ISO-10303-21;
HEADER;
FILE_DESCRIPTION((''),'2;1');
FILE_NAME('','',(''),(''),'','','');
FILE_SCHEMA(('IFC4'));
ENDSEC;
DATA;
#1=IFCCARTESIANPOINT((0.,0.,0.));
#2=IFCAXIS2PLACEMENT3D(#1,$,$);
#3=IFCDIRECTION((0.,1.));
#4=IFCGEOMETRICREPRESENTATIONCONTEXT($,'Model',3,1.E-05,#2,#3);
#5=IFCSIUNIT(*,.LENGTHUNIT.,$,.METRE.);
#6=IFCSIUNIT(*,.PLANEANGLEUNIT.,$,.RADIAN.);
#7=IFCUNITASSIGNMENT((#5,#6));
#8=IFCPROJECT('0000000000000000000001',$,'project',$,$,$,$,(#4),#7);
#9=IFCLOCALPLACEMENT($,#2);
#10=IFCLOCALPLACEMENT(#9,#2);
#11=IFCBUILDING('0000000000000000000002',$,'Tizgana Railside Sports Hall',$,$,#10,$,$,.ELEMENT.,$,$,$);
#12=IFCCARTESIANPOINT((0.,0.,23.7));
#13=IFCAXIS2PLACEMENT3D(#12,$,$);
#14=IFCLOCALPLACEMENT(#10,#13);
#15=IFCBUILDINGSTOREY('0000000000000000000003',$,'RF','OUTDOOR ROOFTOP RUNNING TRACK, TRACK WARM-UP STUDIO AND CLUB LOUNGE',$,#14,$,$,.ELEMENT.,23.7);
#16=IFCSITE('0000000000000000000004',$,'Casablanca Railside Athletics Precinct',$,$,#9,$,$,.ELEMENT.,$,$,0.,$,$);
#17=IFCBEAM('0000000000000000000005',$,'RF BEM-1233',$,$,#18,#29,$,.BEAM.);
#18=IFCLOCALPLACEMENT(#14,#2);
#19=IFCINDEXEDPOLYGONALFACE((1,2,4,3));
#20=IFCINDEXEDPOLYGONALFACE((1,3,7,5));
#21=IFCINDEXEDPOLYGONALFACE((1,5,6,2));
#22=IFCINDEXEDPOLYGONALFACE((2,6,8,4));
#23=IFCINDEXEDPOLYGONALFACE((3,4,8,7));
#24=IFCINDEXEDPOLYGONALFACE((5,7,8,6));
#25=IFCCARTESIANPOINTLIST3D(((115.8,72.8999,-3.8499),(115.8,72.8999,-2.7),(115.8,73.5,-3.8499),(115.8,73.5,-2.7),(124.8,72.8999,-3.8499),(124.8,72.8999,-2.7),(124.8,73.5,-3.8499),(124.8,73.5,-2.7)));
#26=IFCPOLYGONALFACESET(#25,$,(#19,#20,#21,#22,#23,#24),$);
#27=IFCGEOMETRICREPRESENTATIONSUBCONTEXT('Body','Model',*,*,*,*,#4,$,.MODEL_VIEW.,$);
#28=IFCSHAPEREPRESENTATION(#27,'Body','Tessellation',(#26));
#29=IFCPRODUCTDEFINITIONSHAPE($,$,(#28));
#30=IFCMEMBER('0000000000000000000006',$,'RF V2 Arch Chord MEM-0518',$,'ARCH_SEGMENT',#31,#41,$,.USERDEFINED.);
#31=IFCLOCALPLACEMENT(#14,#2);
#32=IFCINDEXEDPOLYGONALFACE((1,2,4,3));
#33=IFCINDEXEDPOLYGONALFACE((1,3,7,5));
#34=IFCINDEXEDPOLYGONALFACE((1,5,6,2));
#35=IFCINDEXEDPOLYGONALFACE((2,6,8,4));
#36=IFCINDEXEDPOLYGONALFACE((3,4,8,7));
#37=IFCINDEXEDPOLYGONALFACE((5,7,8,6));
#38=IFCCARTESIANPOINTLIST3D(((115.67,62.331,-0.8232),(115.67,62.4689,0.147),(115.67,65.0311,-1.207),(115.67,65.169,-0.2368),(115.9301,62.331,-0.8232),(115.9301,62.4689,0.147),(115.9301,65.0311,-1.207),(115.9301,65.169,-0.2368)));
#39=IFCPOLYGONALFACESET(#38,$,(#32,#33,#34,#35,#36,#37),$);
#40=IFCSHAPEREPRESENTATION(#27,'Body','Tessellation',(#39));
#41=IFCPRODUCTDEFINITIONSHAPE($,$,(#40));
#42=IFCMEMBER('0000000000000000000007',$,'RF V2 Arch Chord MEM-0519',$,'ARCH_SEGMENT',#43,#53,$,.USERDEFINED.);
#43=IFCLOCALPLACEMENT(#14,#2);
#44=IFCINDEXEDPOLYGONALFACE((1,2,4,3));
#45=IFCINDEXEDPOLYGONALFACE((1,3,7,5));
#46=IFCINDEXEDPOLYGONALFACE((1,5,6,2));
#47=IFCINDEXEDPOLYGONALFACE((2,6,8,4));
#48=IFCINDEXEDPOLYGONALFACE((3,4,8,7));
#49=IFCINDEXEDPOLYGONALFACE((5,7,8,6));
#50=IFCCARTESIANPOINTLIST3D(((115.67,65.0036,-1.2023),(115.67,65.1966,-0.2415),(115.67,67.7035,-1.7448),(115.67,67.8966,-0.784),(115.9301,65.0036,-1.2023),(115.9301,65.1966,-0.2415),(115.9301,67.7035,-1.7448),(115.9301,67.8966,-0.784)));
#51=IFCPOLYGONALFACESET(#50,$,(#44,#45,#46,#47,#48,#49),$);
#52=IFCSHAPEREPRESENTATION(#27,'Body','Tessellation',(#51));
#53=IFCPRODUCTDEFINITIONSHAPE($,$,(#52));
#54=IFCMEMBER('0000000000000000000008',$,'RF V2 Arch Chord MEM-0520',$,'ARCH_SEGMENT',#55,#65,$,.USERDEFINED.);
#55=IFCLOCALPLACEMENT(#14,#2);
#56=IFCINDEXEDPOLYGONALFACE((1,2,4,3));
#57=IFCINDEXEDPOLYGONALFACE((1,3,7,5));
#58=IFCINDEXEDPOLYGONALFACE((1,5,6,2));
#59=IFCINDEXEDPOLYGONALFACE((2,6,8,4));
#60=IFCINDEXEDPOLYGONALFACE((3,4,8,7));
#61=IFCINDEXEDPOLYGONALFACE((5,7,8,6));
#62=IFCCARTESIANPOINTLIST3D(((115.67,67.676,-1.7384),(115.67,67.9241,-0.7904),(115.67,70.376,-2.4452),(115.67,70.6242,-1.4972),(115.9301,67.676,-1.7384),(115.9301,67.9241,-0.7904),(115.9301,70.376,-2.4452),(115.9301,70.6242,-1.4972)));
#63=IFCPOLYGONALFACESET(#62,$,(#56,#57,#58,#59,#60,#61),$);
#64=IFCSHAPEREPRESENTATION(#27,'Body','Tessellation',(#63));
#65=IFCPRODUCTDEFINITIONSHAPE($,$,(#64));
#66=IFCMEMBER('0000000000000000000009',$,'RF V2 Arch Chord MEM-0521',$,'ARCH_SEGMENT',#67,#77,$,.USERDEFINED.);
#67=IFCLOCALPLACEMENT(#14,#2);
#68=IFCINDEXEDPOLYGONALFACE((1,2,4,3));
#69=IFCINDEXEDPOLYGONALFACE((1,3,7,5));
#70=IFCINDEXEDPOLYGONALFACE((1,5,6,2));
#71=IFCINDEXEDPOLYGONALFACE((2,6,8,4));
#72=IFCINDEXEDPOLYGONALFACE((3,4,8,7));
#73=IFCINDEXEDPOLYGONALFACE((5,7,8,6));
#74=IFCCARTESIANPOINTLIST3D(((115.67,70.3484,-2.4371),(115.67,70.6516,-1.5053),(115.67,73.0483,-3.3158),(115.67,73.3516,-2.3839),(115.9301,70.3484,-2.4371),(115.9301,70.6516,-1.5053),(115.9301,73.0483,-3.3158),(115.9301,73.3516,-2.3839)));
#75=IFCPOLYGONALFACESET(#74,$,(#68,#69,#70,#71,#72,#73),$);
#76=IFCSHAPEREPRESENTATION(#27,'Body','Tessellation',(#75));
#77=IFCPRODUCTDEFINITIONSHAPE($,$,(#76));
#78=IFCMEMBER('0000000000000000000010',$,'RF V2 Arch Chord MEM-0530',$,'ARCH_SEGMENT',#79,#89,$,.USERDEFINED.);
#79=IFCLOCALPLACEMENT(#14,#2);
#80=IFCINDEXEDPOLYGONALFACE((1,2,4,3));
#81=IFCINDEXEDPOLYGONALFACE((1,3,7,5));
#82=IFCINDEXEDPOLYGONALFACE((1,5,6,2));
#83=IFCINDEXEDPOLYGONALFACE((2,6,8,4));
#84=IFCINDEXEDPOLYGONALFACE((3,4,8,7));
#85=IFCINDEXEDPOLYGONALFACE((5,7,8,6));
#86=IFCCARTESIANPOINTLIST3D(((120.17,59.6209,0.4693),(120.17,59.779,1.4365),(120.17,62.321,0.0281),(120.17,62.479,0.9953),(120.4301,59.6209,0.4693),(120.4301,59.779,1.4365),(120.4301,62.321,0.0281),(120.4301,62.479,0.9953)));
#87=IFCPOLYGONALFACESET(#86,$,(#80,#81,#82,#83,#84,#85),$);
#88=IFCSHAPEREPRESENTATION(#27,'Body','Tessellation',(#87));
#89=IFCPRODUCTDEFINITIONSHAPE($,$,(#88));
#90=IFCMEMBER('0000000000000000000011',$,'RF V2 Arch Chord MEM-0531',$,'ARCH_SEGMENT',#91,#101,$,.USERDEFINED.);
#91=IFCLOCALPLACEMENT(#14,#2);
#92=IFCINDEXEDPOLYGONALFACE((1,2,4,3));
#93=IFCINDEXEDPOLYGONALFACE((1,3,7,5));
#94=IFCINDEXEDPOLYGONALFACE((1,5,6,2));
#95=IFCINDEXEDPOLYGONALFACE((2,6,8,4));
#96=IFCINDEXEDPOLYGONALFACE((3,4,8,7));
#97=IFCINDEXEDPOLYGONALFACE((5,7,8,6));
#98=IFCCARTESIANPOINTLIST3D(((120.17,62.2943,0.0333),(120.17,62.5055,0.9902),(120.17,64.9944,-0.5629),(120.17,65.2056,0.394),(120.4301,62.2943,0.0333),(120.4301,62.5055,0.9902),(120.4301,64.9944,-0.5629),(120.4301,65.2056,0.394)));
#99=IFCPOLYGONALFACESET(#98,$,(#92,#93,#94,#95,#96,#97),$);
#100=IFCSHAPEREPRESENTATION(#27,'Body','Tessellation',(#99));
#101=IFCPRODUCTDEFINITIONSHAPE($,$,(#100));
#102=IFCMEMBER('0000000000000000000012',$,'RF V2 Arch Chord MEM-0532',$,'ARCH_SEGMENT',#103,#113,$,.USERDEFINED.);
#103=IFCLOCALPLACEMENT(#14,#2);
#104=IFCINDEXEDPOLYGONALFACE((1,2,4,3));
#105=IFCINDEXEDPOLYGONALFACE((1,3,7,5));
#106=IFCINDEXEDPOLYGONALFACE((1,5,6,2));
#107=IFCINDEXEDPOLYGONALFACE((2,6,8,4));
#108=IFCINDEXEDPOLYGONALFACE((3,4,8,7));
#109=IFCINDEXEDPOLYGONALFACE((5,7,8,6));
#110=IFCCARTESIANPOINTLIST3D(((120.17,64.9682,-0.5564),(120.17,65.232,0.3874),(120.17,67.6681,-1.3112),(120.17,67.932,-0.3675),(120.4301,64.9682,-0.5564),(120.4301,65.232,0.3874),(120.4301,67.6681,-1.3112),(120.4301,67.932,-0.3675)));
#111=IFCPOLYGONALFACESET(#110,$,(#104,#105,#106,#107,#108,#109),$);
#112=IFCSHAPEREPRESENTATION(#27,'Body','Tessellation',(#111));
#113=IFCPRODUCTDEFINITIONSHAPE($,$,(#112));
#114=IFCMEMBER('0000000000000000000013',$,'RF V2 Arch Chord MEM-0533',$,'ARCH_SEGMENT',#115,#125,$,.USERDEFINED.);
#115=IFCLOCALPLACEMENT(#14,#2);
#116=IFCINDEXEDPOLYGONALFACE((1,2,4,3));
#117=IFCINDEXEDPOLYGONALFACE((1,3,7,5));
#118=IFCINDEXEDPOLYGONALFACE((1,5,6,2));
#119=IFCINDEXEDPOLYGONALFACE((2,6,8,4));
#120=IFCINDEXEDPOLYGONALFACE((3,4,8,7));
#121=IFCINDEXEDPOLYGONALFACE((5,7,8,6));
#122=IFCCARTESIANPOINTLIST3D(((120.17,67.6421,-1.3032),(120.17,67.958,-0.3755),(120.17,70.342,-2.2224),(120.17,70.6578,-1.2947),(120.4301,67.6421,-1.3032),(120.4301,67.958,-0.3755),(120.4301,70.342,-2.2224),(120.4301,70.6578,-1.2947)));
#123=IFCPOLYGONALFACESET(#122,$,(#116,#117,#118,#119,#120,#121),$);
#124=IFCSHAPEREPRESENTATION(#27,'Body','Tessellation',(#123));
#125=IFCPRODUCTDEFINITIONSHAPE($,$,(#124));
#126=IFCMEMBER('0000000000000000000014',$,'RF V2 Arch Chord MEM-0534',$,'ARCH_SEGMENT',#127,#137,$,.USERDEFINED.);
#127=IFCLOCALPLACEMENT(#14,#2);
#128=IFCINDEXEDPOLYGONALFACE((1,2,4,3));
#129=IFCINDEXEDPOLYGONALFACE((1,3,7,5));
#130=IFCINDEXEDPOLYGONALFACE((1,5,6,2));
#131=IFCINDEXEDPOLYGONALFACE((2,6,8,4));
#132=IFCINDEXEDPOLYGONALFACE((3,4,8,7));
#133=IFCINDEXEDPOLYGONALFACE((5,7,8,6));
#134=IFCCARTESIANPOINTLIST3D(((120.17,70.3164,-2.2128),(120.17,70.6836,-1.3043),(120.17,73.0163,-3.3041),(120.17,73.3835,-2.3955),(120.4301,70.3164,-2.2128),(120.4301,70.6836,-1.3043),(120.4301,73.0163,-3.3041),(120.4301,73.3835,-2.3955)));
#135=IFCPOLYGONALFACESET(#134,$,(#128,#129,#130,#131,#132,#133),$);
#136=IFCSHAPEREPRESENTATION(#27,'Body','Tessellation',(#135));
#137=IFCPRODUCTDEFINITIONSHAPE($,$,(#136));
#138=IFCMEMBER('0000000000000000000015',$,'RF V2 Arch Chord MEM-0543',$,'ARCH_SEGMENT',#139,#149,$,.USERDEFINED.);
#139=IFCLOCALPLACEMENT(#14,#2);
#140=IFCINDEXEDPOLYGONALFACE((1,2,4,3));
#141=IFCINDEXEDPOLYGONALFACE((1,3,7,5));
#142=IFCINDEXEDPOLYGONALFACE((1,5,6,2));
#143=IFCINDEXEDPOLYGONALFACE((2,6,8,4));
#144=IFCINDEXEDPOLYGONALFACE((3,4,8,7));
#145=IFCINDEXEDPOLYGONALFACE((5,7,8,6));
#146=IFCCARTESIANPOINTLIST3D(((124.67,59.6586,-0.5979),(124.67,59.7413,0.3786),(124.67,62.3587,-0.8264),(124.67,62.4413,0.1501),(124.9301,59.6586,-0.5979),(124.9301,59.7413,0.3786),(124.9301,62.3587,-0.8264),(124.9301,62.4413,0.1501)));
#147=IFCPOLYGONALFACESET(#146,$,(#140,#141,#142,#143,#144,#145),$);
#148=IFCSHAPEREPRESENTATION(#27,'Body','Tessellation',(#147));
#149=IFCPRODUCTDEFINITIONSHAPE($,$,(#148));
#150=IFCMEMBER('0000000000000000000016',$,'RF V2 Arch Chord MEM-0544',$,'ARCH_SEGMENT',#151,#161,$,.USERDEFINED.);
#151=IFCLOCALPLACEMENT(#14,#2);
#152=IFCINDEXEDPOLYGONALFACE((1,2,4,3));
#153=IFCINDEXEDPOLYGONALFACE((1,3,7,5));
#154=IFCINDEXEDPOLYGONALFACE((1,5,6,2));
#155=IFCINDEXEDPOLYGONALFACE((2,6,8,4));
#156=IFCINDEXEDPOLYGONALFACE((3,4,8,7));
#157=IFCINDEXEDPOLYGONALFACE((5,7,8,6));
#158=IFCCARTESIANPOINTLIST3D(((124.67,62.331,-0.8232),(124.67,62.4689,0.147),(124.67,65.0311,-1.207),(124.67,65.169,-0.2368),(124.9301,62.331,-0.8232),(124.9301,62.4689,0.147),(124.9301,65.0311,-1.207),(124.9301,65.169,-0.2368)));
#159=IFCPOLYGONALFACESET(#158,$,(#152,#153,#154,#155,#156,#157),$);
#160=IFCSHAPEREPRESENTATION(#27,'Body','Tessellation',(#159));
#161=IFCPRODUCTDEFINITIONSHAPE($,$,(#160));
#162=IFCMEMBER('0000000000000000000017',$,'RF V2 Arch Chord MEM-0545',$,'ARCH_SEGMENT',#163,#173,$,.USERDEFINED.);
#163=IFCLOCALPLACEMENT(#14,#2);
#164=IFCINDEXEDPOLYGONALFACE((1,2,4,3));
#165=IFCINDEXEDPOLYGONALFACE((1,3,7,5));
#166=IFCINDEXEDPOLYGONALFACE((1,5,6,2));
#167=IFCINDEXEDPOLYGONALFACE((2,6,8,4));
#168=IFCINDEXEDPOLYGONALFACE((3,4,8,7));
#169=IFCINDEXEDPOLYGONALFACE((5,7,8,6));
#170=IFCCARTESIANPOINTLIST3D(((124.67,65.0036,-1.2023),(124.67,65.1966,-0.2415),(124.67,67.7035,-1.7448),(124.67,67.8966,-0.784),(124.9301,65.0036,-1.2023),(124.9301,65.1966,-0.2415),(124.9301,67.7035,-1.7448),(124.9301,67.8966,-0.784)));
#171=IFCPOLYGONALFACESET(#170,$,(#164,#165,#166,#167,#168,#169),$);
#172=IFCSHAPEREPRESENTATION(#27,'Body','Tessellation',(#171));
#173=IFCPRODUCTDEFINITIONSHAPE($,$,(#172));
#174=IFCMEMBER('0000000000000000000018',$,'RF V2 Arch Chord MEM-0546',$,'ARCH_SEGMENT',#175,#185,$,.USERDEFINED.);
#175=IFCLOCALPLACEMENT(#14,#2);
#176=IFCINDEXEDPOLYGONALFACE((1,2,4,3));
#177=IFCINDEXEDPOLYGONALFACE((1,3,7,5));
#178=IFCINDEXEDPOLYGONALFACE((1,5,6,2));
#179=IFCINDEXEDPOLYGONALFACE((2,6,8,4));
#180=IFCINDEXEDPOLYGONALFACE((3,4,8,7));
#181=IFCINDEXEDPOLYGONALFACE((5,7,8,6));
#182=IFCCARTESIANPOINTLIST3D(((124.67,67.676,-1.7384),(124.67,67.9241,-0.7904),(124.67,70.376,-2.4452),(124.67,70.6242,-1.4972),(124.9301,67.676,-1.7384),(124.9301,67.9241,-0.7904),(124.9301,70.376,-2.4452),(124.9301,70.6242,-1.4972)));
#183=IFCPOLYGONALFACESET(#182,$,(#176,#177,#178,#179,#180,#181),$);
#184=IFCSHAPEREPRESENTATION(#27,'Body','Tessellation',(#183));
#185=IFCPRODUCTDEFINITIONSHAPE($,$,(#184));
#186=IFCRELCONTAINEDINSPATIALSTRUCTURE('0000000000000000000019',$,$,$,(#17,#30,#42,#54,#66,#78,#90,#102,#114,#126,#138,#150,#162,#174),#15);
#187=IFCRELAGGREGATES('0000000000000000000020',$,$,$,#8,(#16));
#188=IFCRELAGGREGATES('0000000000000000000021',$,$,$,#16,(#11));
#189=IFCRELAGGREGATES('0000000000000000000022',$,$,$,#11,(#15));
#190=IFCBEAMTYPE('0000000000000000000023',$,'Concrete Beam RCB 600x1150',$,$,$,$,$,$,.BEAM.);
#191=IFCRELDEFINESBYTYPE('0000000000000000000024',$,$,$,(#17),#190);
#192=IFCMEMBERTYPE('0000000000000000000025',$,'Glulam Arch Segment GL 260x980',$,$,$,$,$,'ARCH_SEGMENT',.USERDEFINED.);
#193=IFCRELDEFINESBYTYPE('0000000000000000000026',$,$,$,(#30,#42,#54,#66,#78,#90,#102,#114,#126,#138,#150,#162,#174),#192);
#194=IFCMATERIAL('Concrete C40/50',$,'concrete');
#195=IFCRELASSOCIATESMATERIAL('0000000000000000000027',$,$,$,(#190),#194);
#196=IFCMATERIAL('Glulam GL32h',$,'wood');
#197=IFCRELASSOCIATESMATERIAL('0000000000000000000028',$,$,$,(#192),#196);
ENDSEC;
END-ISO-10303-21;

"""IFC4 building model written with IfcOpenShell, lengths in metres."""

from ifc_helpers import new_model, si_unit, direction, frame, origin, origin_2d, place, context, subcontext, project, spatial, rectangle, extrude, material, material_profile, profile_set, type_object, element, save


model = new_model("IFC4")

# Units and contexts
model_context = context("Model", 3, precision=1e-05, world=origin(), true_north=direction((0.0, 1.0)))
body_context = subcontext(model_context, "Body", "Model", "MODEL_VIEW")
ifc_project = project(units=[si_unit("LENGTHUNIT", "METRE"), si_unit("PLANEANGLEUNIT", "RADIAN")], contexts=[model_context])

# Site, building, storey
site_placement = place(None, origin())
site = spatial("IfcSite", under=ifc_project, at=site_placement, Name="Casablanca Railside Athletics Precinct", CompositionType="ELEMENT", RefElevation=0.0)
building_placement = place(site_placement, origin())
building = spatial("IfcBuilding", under=site, at=building_placement, Name="Tizgana Railside Sports Hall", CompositionType="ELEMENT")
storey_placement = place(building_placement, frame((0.0, 0.0, 23.7)))
storey = spatial("IfcBuildingStorey", under=building, at=storey_placement, Name="RF", Description="OUTDOOR ROOFTOP RUNNING TRACK, TRACK WARM-UP STUDIO AND CLUB LOUNGE", CompositionType="ELEMENT", Elevation=23.7)

# Beam
ifc_material_1 = material(Name="Concrete C40/50", Category="concrete")
ifc_material_profile_1 = material_profile(ifc_material_1, rectangle(XDim=0.6001, YDim=1.1499, at=origin_2d()), Name="RCB 600x1150")
ifc_profile_set_1 = profile_set([ifc_material_profile_1], Name="Concrete C40/50")
beam_type = type_object("IfcBeamType", Name="Concrete Beam RCB 600x1150", PredefinedType="BEAM", material=ifc_profile_set_1)
beam_placement = place(storey_placement, frame((115.8, 73.2, -3.2749), z_axis=(1.0, 0.0, 0.0), x_axis=(0.0, 1.0, 0.0)))
element("IfcBeam", 1, at=beam_placement, inside=storey, type_object=beam_type, Name="RF BEM-1233", PredefinedType="BEAM", context=body_context, shape_type="SweptSolid", body=[
    extrude(rectangle(XDim=0.6001, YDim=1.1499, at=origin_2d()), origin(), (0.0, 0.0, 1.0), 9.0),
])

# Members
ifc_material_2 = material(Name="Glulam GL32h", Category="wood")
ifc_material_profile_2 = material_profile(ifc_material_2, rectangle(XDim=0.26, YDim=0.98, at=origin_2d()), Name="GL 260x980")
ifc_profile_set_2 = profile_set([ifc_material_profile_2], Name="Glulam GL32h")
member_type_1 = type_object("IfcMemberType", Name="Glulam Arch Segment GL 260x980", ElementType="ARCH_SEGMENT", PredefinedType="USERDEFINED", material=ifc_profile_set_2)
member_1_placement = place(storey_placement, frame((115.8, 62.3999, -0.3381), z_axis=(0.0, 0.99005, -0.14072), x_axis=(-1.0, 0.0, 0.0)))
element("IfcMember", 2, at=member_1_placement, inside=storey, type_object=member_type_1, Name="RF V2 Arch Chord MEM-0518", ObjectType="ARCH_SEGMENT", PredefinedType="USERDEFINED", context=body_context, shape_type="SweptSolid", body=[
    extrude(rectangle(XDim=0.26, YDim=0.98, at=origin_2d()), origin(), (0.0, 0.0, 1.0), 2.7273),
])
member_2_placement = place(storey_placement, frame((115.8, 65.1001, -0.7219), z_axis=(0.0, 0.980406, -0.196986), x_axis=(-1.0, 0.0, 0.0)))
element("IfcMember", 3, at=member_2_placement, inside=storey, type_object=member_type_1, Name="RF V2 Arch Chord MEM-0519", ObjectType="ARCH_SEGMENT", PredefinedType="USERDEFINED", context=body_context, shape_type="SweptSolid", body=[
    extrude(rectangle(XDim=0.26, YDim=0.98, at=origin_2d()), origin(), (0.0, 0.0, 1.0), 2.7539),
])
member_3_placement = place(storey_placement, frame((115.8, 67.8, -1.2644), z_axis=(0.0, 0.967402, -0.253244), x_axis=(-1.0, 0.0, 0.0)))
element("IfcMember", 4, at=member_3_placement, inside=storey, type_object=member_type_1, Name="RF V2 Arch Chord MEM-0520", ObjectType="ARCH_SEGMENT", PredefinedType="USERDEFINED", context=body_context, shape_type="SweptSolid", body=[
    extrude(rectangle(XDim=0.26, YDim=0.98, at=origin_2d()), origin(), (0.0, 0.0, 1.0), 2.791),
])
member_4_placement = place(storey_placement, frame((115.8, 70.5, -1.9712), z_axis=(0.0, 0.950912, -0.309461), x_axis=(-1.0, 0.0, 0.0)))
element("IfcMember", 5, at=member_4_placement, inside=storey, type_object=member_type_1, Name="RF V2 Arch Chord MEM-0521", ObjectType="ARCH_SEGMENT", PredefinedType="USERDEFINED", context=body_context, shape_type="SweptSolid", body=[
    extrude(rectangle(XDim=0.26, YDim=0.98, at=origin_2d()), origin(), (0.0, 0.0, 1.0), 2.8394),
])
member_5_placement = place(storey_placement, frame((120.3, 59.7, 0.9529), z_axis=(0.0, 0.986912, -0.161258), x_axis=(-1.0, 0.0, 0.0)))
element("IfcMember", 6, at=member_5_placement, inside=storey, type_object=member_type_1, Name="RF V2 Arch Chord MEM-0530", ObjectType="ARCH_SEGMENT", PredefinedType="USERDEFINED", context=body_context, shape_type="SweptSolid", body=[
    extrude(rectangle(XDim=0.26, YDim=0.98, at=origin_2d()), origin(), (0.0, 0.0, 1.0), 2.7358),
])
member_6_placement = place(storey_placement, frame((120.3, 62.3999, 0.5117), z_axis=(0.0, 0.976481, -0.215603), x_axis=(-1.0, 0.0, 0.0)))
element("IfcMember", 7, at=member_6_placement, inside=storey, type_object=member_type_1, Name="RF V2 Arch Chord MEM-0531", ObjectType="ARCH_SEGMENT", PredefinedType="USERDEFINED", context=body_context, shape_type="SweptSolid", body=[
    extrude(rectangle(XDim=0.26, YDim=0.98, at=origin_2d()), origin(), (0.0, 0.0, 1.0), 2.7651),
])
member_7_placement = place(storey_placement, frame((120.3, 65.1001, -0.0845), z_axis=(0.0, 0.963066, -0.269265), x_axis=(-1.0, 0.0, 0.0)))
element("IfcMember", 8, at=member_7_placement, inside=storey, type_object=member_type_1, Name="RF V2 Arch Chord MEM-0532", ObjectType="ARCH_SEGMENT", PredefinedType="USERDEFINED", context=body_context, shape_type="SweptSolid", body=[
    extrude(rectangle(XDim=0.26, YDim=0.98, at=origin_2d()), origin(), (0.0, 0.0, 1.0), 2.8035),
])
member_8_placement = place(storey_placement, frame((120.3, 67.8, -0.8394), z_axis=(0.0, 0.946644, -0.322282), x_axis=(-1.0, 0.0, 0.0)))
element("IfcMember", 9, at=member_8_placement, inside=storey, type_object=member_type_1, Name="RF V2 Arch Chord MEM-0533", ObjectType="ARCH_SEGMENT", PredefinedType="USERDEFINED", context=body_context, shape_type="SweptSolid", body=[
    extrude(rectangle(XDim=0.26, YDim=0.98, at=origin_2d()), origin(), (0.0, 0.0, 1.0), 2.8521),
])
member_9_placement = place(storey_placement, frame((120.3, 70.5, -1.7585), z_axis=(0.0, 0.927129, -0.374742), x_axis=(-1.0, 0.0, 0.0)))
element("IfcMember", 10, at=member_9_placement, inside=storey, type_object=member_type_1, Name="RF V2 Arch Chord MEM-0534", ObjectType="ARCH_SEGMENT", PredefinedType="USERDEFINED", context=body_context, shape_type="SweptSolid", body=[
    extrude(rectangle(XDim=0.26, YDim=0.98, at=origin_2d()), origin(), (0.0, 0.0, 1.0), 2.9121),
])
member_10_placement = place(storey_placement, frame((124.8, 59.7, -0.1096), z_axis=(0.0, 0.996437, -0.084335), x_axis=(-1.0, 0.0, 0.0)))
element("IfcMember", 11, at=member_10_placement, inside=storey, type_object=member_type_1, Name="RF V2 Arch Chord MEM-0543", ObjectType="ARCH_SEGMENT", PredefinedType="USERDEFINED", context=body_context, shape_type="SweptSolid", body=[
    extrude(rectangle(XDim=0.26, YDim=0.98, at=origin_2d()), origin(), (0.0, 0.0, 1.0), 2.7097),
])
member_11_placement = place(storey_placement, frame((124.8, 62.3999, -0.3381), z_axis=(0.0, 0.99005, -0.14072), x_axis=(-1.0, 0.0, 0.0)))
element("IfcMember", 12, at=member_11_placement, inside=storey, type_object=member_type_1, Name="RF V2 Arch Chord MEM-0544", ObjectType="ARCH_SEGMENT", PredefinedType="USERDEFINED", context=body_context, shape_type="SweptSolid", body=[
    extrude(rectangle(XDim=0.26, YDim=0.98, at=origin_2d()), origin(), (0.0, 0.0, 1.0), 2.7273),
])
member_12_placement = place(storey_placement, frame((124.8, 65.1001, -0.7219), z_axis=(0.0, 0.980406, -0.196986), x_axis=(-1.0, 0.0, 0.0)))
element("IfcMember", 13, at=member_12_placement, inside=storey, type_object=member_type_1, Name="RF V2 Arch Chord MEM-0545", ObjectType="ARCH_SEGMENT", PredefinedType="USERDEFINED", context=body_context, shape_type="SweptSolid", body=[
    extrude(rectangle(XDim=0.26, YDim=0.98, at=origin_2d()), origin(), (0.0, 0.0, 1.0), 2.7539),
])
member_13_placement = place(storey_placement, frame((124.8, 67.8, -1.2644), z_axis=(0.0, 0.967402, -0.253244), x_axis=(-1.0, 0.0, 0.0)))
element("IfcMember", 14, at=member_13_placement, inside=storey, type_object=member_type_1, Name="RF V2 Arch Chord MEM-0546", ObjectType="ARCH_SEGMENT", PredefinedType="USERDEFINED", context=body_context, shape_type="SweptSolid", body=[
    extrude(rectangle(XDim=0.26, YDim=0.98, at=origin_2d()), origin(), (0.0, 0.0, 1.0), 2.791),
])

save(model, "model.ifc")
